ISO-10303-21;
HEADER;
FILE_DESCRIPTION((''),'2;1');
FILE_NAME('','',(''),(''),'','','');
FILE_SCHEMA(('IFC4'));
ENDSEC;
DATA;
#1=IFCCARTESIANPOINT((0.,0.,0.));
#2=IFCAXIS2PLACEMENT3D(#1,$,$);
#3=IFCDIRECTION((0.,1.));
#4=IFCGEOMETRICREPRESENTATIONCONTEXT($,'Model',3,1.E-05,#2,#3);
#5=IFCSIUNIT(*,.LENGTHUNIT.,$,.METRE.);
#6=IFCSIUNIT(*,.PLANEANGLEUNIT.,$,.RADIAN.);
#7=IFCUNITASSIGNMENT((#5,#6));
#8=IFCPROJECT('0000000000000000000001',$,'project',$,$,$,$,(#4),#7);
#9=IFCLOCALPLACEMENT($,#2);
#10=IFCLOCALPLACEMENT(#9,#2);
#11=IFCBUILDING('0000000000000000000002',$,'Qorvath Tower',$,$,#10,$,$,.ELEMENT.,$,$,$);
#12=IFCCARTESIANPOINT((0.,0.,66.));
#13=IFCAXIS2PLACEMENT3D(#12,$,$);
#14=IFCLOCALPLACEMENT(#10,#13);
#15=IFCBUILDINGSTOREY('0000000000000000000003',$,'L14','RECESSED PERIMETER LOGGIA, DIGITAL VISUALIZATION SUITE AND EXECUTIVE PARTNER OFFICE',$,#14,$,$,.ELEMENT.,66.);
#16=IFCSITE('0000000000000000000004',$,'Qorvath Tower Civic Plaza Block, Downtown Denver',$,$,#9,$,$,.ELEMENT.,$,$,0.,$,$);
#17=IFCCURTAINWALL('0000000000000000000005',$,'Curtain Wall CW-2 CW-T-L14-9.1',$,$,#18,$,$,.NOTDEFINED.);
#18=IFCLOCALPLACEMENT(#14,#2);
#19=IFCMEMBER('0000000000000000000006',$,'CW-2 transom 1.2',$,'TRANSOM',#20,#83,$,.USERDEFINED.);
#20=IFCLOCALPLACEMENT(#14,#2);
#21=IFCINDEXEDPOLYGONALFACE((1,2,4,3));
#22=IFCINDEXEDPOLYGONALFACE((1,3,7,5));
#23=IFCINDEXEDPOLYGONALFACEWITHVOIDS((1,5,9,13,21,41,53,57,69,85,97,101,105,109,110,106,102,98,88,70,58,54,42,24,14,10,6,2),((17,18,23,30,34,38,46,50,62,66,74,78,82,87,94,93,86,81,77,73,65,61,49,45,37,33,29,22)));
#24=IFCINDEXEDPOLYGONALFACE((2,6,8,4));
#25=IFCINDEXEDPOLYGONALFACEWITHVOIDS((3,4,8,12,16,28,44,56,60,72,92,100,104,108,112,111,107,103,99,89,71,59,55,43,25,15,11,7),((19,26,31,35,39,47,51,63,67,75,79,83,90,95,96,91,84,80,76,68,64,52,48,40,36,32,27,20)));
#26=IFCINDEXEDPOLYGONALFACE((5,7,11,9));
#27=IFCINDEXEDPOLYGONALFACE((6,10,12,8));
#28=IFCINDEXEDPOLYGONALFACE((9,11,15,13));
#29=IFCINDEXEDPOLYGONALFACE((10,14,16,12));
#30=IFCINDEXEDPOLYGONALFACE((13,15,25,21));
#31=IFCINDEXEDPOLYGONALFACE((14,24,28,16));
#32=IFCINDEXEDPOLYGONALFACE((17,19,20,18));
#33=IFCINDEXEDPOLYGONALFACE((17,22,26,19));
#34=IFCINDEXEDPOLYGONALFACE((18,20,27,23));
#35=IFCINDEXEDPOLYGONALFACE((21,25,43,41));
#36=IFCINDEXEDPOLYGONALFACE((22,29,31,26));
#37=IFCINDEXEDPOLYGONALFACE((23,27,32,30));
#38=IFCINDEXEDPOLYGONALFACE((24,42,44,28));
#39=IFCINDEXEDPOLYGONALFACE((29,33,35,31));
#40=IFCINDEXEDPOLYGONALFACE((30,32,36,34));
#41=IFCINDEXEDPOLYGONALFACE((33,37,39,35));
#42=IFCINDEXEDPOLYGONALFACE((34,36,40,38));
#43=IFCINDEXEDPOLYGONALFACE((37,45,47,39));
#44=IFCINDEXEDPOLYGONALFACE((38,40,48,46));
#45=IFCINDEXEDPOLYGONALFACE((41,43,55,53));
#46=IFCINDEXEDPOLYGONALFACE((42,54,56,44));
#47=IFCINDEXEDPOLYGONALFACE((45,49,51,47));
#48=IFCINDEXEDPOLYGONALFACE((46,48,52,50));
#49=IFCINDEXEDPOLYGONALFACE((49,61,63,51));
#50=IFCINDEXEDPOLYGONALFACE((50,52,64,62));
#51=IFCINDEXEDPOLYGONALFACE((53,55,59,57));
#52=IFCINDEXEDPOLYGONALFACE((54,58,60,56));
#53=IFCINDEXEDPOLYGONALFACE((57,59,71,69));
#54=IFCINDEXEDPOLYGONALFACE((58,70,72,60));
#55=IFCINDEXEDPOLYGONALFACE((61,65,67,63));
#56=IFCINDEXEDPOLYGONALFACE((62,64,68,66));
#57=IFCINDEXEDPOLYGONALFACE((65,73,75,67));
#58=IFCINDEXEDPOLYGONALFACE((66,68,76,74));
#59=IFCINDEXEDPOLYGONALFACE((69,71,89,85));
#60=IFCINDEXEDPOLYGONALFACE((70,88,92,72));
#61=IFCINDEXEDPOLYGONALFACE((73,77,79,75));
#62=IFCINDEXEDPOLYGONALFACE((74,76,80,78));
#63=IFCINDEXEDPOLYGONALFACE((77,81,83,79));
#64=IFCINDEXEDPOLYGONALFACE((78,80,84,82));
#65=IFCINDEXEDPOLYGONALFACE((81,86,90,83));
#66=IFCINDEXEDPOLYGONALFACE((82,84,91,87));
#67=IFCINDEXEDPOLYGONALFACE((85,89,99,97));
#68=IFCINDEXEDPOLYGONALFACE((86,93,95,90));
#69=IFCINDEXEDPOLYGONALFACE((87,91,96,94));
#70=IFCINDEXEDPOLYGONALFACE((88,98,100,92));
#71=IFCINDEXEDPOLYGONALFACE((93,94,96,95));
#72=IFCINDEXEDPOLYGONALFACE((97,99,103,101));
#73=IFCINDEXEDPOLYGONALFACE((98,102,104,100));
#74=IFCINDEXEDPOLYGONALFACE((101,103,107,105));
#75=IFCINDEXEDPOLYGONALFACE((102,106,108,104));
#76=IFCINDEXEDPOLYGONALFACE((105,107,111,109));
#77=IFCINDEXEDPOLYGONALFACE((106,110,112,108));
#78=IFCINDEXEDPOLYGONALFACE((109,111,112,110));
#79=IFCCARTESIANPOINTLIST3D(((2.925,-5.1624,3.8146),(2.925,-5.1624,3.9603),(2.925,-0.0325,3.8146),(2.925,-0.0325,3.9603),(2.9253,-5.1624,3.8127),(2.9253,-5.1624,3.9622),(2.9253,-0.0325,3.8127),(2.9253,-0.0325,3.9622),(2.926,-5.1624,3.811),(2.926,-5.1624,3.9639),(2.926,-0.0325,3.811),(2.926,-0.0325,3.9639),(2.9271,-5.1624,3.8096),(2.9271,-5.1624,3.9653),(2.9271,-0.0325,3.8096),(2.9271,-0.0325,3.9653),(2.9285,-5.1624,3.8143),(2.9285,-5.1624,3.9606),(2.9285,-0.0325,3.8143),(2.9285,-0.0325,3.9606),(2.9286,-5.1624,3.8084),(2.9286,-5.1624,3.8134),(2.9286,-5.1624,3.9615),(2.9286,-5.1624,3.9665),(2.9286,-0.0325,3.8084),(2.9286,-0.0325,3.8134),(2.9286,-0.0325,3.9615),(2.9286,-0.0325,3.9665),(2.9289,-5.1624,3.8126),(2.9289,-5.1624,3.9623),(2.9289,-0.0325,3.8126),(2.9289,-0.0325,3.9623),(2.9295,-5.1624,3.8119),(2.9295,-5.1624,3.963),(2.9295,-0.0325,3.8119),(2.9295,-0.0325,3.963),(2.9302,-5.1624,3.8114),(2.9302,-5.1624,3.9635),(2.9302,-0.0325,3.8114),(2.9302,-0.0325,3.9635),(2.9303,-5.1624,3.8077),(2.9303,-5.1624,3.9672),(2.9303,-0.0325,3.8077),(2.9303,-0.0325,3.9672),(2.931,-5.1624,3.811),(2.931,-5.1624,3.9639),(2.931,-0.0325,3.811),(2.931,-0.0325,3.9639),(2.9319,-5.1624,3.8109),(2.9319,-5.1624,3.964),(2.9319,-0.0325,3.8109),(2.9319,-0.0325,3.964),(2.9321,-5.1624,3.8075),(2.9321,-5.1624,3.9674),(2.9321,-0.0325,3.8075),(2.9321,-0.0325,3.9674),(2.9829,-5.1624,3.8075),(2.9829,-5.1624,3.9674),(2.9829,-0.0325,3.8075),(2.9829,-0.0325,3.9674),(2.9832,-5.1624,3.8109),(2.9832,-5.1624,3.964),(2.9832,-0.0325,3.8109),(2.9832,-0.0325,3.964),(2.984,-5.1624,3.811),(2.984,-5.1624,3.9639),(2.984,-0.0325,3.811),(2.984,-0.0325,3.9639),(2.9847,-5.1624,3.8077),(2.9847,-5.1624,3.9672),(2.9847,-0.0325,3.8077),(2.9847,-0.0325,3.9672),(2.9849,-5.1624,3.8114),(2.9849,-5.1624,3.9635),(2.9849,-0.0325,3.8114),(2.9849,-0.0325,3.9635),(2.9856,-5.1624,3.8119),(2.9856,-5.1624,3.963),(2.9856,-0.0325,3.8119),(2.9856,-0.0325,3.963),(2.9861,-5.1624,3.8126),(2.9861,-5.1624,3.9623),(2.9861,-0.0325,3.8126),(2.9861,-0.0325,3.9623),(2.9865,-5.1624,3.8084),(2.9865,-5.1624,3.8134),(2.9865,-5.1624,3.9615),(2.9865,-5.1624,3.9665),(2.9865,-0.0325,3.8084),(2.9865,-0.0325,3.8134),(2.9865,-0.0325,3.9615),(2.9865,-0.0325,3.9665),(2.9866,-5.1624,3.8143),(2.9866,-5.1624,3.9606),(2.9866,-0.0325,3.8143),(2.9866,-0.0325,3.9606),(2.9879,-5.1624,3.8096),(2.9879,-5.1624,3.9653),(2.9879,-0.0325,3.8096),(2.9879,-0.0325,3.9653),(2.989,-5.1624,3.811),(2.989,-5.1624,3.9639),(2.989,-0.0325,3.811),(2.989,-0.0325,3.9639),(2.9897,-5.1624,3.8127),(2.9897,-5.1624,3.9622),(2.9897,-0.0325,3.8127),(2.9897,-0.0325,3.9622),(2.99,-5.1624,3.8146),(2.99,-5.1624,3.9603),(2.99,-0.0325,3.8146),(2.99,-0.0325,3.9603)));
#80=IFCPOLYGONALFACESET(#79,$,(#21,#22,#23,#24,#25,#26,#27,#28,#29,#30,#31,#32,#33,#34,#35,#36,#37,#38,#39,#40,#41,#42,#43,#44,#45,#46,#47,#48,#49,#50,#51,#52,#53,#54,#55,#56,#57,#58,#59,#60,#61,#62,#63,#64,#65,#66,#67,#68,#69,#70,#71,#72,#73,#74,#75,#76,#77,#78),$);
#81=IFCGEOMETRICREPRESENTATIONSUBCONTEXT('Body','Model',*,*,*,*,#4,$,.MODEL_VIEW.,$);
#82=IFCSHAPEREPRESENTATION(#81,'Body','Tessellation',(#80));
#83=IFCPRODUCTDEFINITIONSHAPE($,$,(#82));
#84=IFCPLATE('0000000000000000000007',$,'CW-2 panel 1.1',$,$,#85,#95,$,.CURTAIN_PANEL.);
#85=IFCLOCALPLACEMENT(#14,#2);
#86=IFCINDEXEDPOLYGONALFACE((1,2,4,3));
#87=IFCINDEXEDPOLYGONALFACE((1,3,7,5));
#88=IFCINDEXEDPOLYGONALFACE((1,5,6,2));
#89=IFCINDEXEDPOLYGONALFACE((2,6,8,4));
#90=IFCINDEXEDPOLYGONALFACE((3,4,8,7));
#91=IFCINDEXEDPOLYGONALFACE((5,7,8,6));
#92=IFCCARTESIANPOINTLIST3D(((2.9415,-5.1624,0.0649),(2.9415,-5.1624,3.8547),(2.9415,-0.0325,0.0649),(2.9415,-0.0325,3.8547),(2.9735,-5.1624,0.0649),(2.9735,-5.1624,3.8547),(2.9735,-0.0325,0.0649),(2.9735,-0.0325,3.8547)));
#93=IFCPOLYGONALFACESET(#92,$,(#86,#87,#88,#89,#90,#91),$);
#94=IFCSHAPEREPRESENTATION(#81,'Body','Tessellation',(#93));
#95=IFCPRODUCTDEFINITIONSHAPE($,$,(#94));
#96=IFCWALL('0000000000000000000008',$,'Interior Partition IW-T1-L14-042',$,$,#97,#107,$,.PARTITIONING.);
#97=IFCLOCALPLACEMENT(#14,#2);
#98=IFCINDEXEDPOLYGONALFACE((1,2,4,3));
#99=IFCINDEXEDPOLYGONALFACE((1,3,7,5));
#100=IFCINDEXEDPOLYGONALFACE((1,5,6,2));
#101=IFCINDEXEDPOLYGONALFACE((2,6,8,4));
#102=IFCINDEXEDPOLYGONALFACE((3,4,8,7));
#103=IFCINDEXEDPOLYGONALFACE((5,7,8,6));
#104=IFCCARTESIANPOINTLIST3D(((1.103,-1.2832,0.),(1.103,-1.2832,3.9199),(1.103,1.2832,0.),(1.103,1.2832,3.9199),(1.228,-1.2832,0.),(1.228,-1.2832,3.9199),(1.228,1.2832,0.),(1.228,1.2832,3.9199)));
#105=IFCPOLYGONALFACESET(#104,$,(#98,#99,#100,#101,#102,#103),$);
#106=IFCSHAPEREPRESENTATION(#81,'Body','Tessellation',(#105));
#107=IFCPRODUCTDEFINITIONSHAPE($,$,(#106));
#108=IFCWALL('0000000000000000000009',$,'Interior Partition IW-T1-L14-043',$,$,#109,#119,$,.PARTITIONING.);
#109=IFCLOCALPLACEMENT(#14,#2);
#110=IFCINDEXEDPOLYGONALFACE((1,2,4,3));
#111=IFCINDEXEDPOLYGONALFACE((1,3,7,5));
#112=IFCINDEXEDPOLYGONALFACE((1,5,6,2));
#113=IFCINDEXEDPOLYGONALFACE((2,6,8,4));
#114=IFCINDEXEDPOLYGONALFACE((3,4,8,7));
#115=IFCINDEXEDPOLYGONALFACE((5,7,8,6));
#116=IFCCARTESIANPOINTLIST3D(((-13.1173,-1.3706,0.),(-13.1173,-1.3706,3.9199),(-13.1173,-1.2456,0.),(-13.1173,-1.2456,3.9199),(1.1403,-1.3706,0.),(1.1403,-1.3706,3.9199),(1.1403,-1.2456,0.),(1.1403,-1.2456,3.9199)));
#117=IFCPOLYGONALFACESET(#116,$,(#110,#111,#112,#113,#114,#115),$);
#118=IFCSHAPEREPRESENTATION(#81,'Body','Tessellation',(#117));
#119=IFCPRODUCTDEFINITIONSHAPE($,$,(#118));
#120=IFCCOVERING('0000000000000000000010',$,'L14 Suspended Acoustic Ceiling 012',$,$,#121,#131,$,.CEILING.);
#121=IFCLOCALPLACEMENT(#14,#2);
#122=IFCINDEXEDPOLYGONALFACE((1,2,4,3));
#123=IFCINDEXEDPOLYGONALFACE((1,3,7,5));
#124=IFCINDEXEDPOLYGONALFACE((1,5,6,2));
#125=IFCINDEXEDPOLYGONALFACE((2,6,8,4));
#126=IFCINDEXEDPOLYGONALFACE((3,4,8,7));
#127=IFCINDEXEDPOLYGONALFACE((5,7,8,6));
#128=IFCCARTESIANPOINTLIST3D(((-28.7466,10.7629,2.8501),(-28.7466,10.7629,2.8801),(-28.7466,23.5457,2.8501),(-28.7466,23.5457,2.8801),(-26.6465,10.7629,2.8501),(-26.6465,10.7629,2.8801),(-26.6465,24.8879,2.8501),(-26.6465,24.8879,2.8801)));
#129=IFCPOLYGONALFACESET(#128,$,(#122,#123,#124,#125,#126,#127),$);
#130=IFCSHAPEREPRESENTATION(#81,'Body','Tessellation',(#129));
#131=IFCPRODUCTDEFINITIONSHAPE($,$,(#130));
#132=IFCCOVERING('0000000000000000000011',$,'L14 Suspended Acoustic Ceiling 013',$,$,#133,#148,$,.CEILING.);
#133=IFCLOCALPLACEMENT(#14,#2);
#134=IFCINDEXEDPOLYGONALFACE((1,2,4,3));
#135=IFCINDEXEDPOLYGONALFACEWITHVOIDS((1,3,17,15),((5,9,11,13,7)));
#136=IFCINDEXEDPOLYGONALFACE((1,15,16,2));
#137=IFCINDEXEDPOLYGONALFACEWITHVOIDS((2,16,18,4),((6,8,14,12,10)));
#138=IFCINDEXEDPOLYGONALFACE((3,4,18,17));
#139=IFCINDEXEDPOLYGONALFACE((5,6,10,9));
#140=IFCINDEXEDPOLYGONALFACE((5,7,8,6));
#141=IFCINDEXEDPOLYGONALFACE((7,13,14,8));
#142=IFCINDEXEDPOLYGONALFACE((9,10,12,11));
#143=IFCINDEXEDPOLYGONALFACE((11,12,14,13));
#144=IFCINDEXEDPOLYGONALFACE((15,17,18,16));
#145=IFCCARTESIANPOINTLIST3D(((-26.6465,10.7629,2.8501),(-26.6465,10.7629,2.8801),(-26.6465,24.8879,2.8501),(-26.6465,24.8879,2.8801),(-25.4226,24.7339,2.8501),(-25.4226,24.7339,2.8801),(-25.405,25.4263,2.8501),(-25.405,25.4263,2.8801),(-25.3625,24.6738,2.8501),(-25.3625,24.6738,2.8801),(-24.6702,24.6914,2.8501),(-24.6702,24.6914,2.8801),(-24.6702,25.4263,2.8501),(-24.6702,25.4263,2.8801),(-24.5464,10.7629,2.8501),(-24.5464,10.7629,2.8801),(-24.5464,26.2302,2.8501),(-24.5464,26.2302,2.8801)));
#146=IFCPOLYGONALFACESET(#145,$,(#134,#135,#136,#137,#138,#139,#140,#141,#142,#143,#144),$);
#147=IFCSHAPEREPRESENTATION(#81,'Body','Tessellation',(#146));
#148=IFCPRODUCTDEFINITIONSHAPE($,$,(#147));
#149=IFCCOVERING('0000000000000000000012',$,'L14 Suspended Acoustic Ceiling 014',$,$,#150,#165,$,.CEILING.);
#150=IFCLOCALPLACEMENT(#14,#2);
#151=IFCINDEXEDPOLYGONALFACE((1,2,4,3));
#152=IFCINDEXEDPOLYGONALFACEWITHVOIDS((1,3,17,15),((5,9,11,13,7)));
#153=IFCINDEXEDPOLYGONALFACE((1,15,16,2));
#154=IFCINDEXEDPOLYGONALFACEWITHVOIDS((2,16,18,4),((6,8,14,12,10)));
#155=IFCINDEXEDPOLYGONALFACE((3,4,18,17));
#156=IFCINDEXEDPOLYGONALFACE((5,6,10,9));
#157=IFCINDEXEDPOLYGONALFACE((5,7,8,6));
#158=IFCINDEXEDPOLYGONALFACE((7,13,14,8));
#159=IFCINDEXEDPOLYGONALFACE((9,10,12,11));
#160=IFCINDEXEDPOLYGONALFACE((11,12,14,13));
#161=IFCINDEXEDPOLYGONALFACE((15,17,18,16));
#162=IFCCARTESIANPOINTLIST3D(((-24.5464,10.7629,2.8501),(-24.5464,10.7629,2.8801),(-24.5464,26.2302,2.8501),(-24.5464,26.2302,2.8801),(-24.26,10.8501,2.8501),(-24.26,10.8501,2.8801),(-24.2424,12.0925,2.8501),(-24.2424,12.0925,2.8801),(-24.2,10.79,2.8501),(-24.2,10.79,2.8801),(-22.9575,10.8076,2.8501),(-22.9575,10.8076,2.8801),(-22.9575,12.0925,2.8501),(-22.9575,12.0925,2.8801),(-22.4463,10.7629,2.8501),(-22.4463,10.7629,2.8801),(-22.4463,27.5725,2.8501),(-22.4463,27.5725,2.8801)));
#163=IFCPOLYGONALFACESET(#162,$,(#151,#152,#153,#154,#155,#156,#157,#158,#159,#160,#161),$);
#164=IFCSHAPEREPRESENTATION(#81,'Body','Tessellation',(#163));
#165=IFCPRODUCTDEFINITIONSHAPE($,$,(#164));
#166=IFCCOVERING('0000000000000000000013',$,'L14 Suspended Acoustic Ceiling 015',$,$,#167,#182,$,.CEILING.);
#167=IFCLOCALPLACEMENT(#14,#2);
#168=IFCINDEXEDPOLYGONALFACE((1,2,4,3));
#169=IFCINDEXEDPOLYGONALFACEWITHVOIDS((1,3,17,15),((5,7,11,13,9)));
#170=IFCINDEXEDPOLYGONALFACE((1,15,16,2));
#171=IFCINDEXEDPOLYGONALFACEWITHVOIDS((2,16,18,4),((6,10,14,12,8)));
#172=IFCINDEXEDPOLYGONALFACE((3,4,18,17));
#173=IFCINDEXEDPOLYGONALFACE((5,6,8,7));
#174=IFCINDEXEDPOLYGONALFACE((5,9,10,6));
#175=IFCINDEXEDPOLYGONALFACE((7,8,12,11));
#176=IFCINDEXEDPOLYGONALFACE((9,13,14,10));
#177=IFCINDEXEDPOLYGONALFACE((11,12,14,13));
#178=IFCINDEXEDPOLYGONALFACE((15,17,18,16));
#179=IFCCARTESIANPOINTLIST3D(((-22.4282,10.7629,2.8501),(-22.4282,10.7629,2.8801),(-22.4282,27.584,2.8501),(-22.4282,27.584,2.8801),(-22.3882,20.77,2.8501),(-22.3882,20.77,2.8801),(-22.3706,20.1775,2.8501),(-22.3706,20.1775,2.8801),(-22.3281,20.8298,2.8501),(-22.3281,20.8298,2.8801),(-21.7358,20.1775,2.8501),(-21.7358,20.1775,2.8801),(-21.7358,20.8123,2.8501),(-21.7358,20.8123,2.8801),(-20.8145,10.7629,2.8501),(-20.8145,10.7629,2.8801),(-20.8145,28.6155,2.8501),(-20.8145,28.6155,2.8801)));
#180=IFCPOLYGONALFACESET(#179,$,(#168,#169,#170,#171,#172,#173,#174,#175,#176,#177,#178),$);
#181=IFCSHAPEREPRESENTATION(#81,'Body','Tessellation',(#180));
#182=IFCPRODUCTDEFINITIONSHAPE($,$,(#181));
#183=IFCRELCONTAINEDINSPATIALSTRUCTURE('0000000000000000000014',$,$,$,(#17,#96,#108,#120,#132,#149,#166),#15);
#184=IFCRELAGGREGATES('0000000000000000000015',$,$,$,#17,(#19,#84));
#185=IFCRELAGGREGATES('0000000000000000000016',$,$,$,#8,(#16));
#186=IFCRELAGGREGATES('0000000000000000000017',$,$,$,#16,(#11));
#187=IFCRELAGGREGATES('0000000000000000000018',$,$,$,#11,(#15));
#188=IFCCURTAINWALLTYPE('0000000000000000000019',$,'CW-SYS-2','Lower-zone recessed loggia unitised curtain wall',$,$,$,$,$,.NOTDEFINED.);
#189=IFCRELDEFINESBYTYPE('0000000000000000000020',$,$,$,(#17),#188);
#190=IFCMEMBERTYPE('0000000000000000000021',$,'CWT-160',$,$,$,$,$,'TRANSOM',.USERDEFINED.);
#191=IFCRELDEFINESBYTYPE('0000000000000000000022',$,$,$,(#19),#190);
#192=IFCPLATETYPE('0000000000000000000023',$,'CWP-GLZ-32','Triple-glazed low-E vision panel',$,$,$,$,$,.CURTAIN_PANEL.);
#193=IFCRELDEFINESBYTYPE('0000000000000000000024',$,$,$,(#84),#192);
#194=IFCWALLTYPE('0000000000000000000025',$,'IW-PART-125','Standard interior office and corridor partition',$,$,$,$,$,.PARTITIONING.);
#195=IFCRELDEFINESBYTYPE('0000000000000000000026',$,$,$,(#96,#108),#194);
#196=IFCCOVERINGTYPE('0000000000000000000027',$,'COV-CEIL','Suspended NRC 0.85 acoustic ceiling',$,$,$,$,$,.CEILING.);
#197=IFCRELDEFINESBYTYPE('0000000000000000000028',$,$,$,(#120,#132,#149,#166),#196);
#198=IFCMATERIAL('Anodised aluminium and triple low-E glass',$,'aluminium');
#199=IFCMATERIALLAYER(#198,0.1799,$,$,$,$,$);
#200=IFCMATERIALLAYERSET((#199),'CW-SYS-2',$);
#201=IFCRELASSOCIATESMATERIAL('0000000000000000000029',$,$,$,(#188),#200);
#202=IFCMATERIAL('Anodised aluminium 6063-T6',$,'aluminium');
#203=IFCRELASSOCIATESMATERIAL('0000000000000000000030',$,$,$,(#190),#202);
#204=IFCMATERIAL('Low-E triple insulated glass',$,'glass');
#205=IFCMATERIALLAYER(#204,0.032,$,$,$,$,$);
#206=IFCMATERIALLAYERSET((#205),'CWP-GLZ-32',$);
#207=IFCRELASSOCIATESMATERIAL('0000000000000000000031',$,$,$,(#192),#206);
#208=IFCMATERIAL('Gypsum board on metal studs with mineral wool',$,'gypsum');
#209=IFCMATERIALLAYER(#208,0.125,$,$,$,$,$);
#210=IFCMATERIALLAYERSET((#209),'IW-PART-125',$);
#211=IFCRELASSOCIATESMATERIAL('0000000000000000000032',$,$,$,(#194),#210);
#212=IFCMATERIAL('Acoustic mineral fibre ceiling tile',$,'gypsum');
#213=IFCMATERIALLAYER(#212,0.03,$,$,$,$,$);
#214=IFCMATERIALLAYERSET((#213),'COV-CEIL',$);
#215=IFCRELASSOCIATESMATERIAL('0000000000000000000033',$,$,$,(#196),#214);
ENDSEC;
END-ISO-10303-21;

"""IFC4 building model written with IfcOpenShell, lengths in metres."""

from ifc_helpers import new_model, si_unit, direction, frame, frame_2d, origin, origin_2d, place, context, subcontext, project, spatial, polyline, rectangle, hollow_rectangle, outline, extrude, material, layer, layer_set, material_profile, profile_set, type_object, element, aggregate, save


model = new_model("IFC4")

# Units and contexts
model_context = context("Model", 3, precision=1e-05, world=origin(), true_north=direction((0.0, 1.0)))
body_context = subcontext(model_context, "Body", "Model", "MODEL_VIEW")
ifc_project = project(units=[si_unit("LENGTHUNIT", "METRE"), si_unit("PLANEANGLEUNIT", "RADIAN")], contexts=[model_context])

# Site, building, storey
site_placement = place(None, origin())
site = spatial("IfcSite", under=ifc_project, at=site_placement, Name="Qorvath Tower Civic Plaza Block, Downtown Denver", CompositionType="ELEMENT", RefElevation=0.0)
building_placement = place(site_placement, origin())
building = spatial("IfcBuilding", under=site, at=building_placement, Name="Qorvath Tower", CompositionType="ELEMENT")
storey_placement = place(building_placement, frame((0.0, 0.0, 66.0)))
storey = spatial("IfcBuildingStorey", under=building, at=storey_placement, Name="L14", Description="RECESSED PERIMETER LOGGIA, DIGITAL VISUALIZATION SUITE AND EXECUTIVE PARTNER OFFICE", CompositionType="ELEMENT", Elevation=66.0)

# Curtain wall, member, plate
ifc_material_1 = material(Name="Anodised aluminium and triple low-E glass", Category="aluminium")
ifc_layer_1 = layer(ifc_material_1, 0.1799)
ifc_layer_set_1 = layer_set([ifc_layer_1], Name="CW-SYS-2")
curtain_wall_type = type_object("IfcCurtainWallType", Name="CW-SYS-2", Description="Lower-zone recessed loggia unitised curtain wall", PredefinedType="NOTDEFINED", material=ifc_layer_set_1)
curtain_wall_placement = place(storey_placement, origin())
curtain_wall = element("IfcCurtainWall", 1, at=curtain_wall_placement, inside=storey, type_object=curtain_wall_type, Name="Curtain Wall CW-2 CW-T-L14-9.1", PredefinedType="NOTDEFINED")
ifc_material_2 = material(Name="Anodised aluminium 6063-T6", Category="aluminium")
ifc_material_profile_1 = material_profile(ifc_material_2, hollow_rectangle(XDim=0.0649, YDim=0.1599, WallThickness=0.0034, InnerFilletRadius=0.0034, OuterFilletRadius=0.0071, at=origin_2d()), Name="CWT 160x65")
ifc_profile_set_1 = profile_set([ifc_material_profile_1], Name="Anodised aluminium 6063-T6")
member_type_1 = type_object("IfcMemberType", Name="CWT-160", ElementType="TRANSOM", PredefinedType="USERDEFINED", material=ifc_profile_set_1)
member_1_placement = place(storey_placement, frame((2.9575, -5.1624, 3.8875), z_axis=(0.0, 1.0, 0.0), x_axis=(-1.0, 0.0, 0.0)))
member_1 = element("IfcMember", 2, at=member_1_placement, type_object=member_type_1, Name="CW-2 transom 1.2", ObjectType="TRANSOM", PredefinedType="USERDEFINED", context=body_context, shape_type="SweptSolid", body=[
    extrude(hollow_rectangle(XDim=0.0649, YDim=0.1599, WallThickness=0.0034, InnerFilletRadius=0.0034, OuterFilletRadius=0.0071, at=origin_2d()), origin(), (0.0, 0.0, 1.0), 5.1299),
])
ifc_material_3 = material(Name="Low-E triple insulated glass", Category="glass")
ifc_layer_2 = layer(ifc_material_3, 0.032)
ifc_layer_set_2 = layer_set([ifc_layer_2], Name="CWP-GLZ-32")
plate_type = type_object("IfcPlateType", Name="CWP-GLZ-32", Description="Triple-glazed low-E vision panel", PredefinedType="CURTAIN_PANEL", material=ifc_layer_set_2)
plate_placement = place(storey_placement, frame((2.9575, -2.5974, 0.0649), z_axis=(0.0, 0.0, 1.0), x_axis=(0.0, 1.0, 0.0)))
plate = element("IfcPlate", 3, at=plate_placement, type_object=plate_type, Name="CW-2 panel 1.1", PredefinedType="CURTAIN_PANEL", context=body_context, shape_type="SweptSolid", body=[
    extrude(rectangle(XDim=5.1299, YDim=0.032, at=origin_2d()), origin(), (0.0, 0.0, 1.0), 3.7898),
])
aggregate(curtain_wall, [member_1, plate])

# Walls
ifc_material_4 = material(Name="Gypsum board on metal studs with mineral wool", Category="gypsum")
ifc_layer_3 = layer(ifc_material_4, 0.125)
ifc_layer_set_3 = layer_set([ifc_layer_3], Name="IW-PART-125")
wall_type = type_object("IfcWallType", Name="IW-PART-125", Description="Standard interior office and corridor partition", PredefinedType="PARTITIONING", material=ifc_layer_set_3)
wall_1_placement = place(storey_placement, frame((1.1655, -1.2832, 0.0), z_axis=(0.0, 0.0, 1.0), x_axis=(0.0, 1.0, 0.0)))
element("IfcWall", 4, at=wall_1_placement, inside=storey, type_object=wall_type, Name="Interior Partition IW-T1-L14-042", PredefinedType="PARTITIONING", context=body_context, shape_type="SweptSolid", body=[
    extrude(rectangle(XDim=2.5664, YDim=0.125, at=frame_2d((1.2832, 0.0))), origin(), (0.0, 0.0, 1.0), 3.9199),
])
wall_2_placement = place(storey_placement, frame((1.1404, -1.3081, 0.0), z_axis=(0.0, 0.0, 1.0), x_axis=(-1.0, 0.0, 0.0)))
element("IfcWall", 5, at=wall_2_placement, inside=storey, type_object=wall_type, Name="Interior Partition IW-T1-L14-043", PredefinedType="PARTITIONING", context=body_context, shape_type="SweptSolid", body=[
    extrude(rectangle(XDim=14.2576, YDim=0.125, at=frame_2d((7.1289, 0.0))), origin(), (0.0, 0.0, 1.0), 3.9199),
])

# Coverings
ifc_material_5 = material(Name="Acoustic mineral fibre ceiling tile", Category="gypsum")
ifc_layer_4 = layer(ifc_material_5, 0.03)
ifc_layer_set_4 = layer_set([ifc_layer_4], Name="COV-CEIL")
covering_type_1 = type_object("IfcCoveringType", Name="COV-CEIL", Description="Suspended NRC 0.85 acoustic ceiling", PredefinedType="CEILING", material=ifc_layer_set_4)
covering_1_placement = place(storey_placement, frame((0.0, 0.0, 2.8501)))
element("IfcCovering", 6, at=covering_1_placement, inside=storey, type_object=covering_type_1, Name="L14 Suspended Acoustic Ceiling 012", PredefinedType="CEILING", context=body_context, shape_type="SweptSolid", body=[
    extrude(outline(polyline([(-28.7466, 10.7629), (-26.6465, 10.7629), (-26.6465, 24.8879), (-28.7466, 23.5457), (-28.7466, 10.7629)])), origin(), (0.0, 0.0, 1.0), 0.03),
])
covering_2_placement = place(storey_placement, frame((0.0, 0.0, 2.8501)))
element("IfcCovering", 7, at=covering_2_placement, inside=storey, type_object=covering_type_1, Name="L14 Suspended Acoustic Ceiling 013", PredefinedType="CEILING", context=body_context, shape_type="SweptSolid", body=[
    extrude(outline(polyline([(-26.6465, 24.8879), (-26.6465, 10.7629), (-24.5464, 10.7629), (-24.5464, 26.2302), (-26.6465, 24.8879)]), holes=[polyline([(-25.4226, 24.7339), (-25.405, 25.4263), (-24.6702, 25.4263), (-24.6702, 24.6914), (-25.3625, 24.6738), (-25.4226, 24.7339)])]), origin(), (0.0, 0.0, 1.0), 0.03),
])
covering_3_placement = place(storey_placement, frame((0.0, 0.0, 2.8501)))
element("IfcCovering", 8, at=covering_3_placement, inside=storey, type_object=covering_type_1, Name="L14 Suspended Acoustic Ceiling 014", PredefinedType="CEILING", context=body_context, shape_type="SweptSolid", body=[
    extrude(outline(polyline([(-24.5464, 26.2302), (-24.5464, 10.7629), (-22.4463, 10.7629), (-22.4463, 27.5725), (-24.5464, 26.2302)]), holes=[polyline([(-24.26, 10.8501), (-24.2424, 12.0925), (-22.9575, 12.0925), (-22.9575, 10.8076), (-24.2, 10.79), (-24.26, 10.8501)])]), origin(), (0.0, 0.0, 1.0), 0.03),
])
covering_4_placement = place(storey_placement, frame((0.0, 0.0, 2.8501)))
element("IfcCovering", 9, at=covering_4_placement, inside=storey, type_object=covering_type_1, Name="L14 Suspended Acoustic Ceiling 015", PredefinedType="CEILING", context=body_context, shape_type="SweptSolid", body=[
    extrude(outline(polyline([(-20.8145, 10.7629), (-20.8145, 28.6155), (-22.4282, 27.584), (-22.4282, 10.7629), (-20.8145, 10.7629)]), holes=[polyline([(-22.3882, 20.77), (-22.3281, 20.8298), (-21.7358, 20.8123), (-21.7358, 20.1775), (-22.3706, 20.1775), (-22.3882, 20.77)])]), origin(), (0.0, 0.0, 1.0), 0.03),
])

save(model, "model.ifc")
